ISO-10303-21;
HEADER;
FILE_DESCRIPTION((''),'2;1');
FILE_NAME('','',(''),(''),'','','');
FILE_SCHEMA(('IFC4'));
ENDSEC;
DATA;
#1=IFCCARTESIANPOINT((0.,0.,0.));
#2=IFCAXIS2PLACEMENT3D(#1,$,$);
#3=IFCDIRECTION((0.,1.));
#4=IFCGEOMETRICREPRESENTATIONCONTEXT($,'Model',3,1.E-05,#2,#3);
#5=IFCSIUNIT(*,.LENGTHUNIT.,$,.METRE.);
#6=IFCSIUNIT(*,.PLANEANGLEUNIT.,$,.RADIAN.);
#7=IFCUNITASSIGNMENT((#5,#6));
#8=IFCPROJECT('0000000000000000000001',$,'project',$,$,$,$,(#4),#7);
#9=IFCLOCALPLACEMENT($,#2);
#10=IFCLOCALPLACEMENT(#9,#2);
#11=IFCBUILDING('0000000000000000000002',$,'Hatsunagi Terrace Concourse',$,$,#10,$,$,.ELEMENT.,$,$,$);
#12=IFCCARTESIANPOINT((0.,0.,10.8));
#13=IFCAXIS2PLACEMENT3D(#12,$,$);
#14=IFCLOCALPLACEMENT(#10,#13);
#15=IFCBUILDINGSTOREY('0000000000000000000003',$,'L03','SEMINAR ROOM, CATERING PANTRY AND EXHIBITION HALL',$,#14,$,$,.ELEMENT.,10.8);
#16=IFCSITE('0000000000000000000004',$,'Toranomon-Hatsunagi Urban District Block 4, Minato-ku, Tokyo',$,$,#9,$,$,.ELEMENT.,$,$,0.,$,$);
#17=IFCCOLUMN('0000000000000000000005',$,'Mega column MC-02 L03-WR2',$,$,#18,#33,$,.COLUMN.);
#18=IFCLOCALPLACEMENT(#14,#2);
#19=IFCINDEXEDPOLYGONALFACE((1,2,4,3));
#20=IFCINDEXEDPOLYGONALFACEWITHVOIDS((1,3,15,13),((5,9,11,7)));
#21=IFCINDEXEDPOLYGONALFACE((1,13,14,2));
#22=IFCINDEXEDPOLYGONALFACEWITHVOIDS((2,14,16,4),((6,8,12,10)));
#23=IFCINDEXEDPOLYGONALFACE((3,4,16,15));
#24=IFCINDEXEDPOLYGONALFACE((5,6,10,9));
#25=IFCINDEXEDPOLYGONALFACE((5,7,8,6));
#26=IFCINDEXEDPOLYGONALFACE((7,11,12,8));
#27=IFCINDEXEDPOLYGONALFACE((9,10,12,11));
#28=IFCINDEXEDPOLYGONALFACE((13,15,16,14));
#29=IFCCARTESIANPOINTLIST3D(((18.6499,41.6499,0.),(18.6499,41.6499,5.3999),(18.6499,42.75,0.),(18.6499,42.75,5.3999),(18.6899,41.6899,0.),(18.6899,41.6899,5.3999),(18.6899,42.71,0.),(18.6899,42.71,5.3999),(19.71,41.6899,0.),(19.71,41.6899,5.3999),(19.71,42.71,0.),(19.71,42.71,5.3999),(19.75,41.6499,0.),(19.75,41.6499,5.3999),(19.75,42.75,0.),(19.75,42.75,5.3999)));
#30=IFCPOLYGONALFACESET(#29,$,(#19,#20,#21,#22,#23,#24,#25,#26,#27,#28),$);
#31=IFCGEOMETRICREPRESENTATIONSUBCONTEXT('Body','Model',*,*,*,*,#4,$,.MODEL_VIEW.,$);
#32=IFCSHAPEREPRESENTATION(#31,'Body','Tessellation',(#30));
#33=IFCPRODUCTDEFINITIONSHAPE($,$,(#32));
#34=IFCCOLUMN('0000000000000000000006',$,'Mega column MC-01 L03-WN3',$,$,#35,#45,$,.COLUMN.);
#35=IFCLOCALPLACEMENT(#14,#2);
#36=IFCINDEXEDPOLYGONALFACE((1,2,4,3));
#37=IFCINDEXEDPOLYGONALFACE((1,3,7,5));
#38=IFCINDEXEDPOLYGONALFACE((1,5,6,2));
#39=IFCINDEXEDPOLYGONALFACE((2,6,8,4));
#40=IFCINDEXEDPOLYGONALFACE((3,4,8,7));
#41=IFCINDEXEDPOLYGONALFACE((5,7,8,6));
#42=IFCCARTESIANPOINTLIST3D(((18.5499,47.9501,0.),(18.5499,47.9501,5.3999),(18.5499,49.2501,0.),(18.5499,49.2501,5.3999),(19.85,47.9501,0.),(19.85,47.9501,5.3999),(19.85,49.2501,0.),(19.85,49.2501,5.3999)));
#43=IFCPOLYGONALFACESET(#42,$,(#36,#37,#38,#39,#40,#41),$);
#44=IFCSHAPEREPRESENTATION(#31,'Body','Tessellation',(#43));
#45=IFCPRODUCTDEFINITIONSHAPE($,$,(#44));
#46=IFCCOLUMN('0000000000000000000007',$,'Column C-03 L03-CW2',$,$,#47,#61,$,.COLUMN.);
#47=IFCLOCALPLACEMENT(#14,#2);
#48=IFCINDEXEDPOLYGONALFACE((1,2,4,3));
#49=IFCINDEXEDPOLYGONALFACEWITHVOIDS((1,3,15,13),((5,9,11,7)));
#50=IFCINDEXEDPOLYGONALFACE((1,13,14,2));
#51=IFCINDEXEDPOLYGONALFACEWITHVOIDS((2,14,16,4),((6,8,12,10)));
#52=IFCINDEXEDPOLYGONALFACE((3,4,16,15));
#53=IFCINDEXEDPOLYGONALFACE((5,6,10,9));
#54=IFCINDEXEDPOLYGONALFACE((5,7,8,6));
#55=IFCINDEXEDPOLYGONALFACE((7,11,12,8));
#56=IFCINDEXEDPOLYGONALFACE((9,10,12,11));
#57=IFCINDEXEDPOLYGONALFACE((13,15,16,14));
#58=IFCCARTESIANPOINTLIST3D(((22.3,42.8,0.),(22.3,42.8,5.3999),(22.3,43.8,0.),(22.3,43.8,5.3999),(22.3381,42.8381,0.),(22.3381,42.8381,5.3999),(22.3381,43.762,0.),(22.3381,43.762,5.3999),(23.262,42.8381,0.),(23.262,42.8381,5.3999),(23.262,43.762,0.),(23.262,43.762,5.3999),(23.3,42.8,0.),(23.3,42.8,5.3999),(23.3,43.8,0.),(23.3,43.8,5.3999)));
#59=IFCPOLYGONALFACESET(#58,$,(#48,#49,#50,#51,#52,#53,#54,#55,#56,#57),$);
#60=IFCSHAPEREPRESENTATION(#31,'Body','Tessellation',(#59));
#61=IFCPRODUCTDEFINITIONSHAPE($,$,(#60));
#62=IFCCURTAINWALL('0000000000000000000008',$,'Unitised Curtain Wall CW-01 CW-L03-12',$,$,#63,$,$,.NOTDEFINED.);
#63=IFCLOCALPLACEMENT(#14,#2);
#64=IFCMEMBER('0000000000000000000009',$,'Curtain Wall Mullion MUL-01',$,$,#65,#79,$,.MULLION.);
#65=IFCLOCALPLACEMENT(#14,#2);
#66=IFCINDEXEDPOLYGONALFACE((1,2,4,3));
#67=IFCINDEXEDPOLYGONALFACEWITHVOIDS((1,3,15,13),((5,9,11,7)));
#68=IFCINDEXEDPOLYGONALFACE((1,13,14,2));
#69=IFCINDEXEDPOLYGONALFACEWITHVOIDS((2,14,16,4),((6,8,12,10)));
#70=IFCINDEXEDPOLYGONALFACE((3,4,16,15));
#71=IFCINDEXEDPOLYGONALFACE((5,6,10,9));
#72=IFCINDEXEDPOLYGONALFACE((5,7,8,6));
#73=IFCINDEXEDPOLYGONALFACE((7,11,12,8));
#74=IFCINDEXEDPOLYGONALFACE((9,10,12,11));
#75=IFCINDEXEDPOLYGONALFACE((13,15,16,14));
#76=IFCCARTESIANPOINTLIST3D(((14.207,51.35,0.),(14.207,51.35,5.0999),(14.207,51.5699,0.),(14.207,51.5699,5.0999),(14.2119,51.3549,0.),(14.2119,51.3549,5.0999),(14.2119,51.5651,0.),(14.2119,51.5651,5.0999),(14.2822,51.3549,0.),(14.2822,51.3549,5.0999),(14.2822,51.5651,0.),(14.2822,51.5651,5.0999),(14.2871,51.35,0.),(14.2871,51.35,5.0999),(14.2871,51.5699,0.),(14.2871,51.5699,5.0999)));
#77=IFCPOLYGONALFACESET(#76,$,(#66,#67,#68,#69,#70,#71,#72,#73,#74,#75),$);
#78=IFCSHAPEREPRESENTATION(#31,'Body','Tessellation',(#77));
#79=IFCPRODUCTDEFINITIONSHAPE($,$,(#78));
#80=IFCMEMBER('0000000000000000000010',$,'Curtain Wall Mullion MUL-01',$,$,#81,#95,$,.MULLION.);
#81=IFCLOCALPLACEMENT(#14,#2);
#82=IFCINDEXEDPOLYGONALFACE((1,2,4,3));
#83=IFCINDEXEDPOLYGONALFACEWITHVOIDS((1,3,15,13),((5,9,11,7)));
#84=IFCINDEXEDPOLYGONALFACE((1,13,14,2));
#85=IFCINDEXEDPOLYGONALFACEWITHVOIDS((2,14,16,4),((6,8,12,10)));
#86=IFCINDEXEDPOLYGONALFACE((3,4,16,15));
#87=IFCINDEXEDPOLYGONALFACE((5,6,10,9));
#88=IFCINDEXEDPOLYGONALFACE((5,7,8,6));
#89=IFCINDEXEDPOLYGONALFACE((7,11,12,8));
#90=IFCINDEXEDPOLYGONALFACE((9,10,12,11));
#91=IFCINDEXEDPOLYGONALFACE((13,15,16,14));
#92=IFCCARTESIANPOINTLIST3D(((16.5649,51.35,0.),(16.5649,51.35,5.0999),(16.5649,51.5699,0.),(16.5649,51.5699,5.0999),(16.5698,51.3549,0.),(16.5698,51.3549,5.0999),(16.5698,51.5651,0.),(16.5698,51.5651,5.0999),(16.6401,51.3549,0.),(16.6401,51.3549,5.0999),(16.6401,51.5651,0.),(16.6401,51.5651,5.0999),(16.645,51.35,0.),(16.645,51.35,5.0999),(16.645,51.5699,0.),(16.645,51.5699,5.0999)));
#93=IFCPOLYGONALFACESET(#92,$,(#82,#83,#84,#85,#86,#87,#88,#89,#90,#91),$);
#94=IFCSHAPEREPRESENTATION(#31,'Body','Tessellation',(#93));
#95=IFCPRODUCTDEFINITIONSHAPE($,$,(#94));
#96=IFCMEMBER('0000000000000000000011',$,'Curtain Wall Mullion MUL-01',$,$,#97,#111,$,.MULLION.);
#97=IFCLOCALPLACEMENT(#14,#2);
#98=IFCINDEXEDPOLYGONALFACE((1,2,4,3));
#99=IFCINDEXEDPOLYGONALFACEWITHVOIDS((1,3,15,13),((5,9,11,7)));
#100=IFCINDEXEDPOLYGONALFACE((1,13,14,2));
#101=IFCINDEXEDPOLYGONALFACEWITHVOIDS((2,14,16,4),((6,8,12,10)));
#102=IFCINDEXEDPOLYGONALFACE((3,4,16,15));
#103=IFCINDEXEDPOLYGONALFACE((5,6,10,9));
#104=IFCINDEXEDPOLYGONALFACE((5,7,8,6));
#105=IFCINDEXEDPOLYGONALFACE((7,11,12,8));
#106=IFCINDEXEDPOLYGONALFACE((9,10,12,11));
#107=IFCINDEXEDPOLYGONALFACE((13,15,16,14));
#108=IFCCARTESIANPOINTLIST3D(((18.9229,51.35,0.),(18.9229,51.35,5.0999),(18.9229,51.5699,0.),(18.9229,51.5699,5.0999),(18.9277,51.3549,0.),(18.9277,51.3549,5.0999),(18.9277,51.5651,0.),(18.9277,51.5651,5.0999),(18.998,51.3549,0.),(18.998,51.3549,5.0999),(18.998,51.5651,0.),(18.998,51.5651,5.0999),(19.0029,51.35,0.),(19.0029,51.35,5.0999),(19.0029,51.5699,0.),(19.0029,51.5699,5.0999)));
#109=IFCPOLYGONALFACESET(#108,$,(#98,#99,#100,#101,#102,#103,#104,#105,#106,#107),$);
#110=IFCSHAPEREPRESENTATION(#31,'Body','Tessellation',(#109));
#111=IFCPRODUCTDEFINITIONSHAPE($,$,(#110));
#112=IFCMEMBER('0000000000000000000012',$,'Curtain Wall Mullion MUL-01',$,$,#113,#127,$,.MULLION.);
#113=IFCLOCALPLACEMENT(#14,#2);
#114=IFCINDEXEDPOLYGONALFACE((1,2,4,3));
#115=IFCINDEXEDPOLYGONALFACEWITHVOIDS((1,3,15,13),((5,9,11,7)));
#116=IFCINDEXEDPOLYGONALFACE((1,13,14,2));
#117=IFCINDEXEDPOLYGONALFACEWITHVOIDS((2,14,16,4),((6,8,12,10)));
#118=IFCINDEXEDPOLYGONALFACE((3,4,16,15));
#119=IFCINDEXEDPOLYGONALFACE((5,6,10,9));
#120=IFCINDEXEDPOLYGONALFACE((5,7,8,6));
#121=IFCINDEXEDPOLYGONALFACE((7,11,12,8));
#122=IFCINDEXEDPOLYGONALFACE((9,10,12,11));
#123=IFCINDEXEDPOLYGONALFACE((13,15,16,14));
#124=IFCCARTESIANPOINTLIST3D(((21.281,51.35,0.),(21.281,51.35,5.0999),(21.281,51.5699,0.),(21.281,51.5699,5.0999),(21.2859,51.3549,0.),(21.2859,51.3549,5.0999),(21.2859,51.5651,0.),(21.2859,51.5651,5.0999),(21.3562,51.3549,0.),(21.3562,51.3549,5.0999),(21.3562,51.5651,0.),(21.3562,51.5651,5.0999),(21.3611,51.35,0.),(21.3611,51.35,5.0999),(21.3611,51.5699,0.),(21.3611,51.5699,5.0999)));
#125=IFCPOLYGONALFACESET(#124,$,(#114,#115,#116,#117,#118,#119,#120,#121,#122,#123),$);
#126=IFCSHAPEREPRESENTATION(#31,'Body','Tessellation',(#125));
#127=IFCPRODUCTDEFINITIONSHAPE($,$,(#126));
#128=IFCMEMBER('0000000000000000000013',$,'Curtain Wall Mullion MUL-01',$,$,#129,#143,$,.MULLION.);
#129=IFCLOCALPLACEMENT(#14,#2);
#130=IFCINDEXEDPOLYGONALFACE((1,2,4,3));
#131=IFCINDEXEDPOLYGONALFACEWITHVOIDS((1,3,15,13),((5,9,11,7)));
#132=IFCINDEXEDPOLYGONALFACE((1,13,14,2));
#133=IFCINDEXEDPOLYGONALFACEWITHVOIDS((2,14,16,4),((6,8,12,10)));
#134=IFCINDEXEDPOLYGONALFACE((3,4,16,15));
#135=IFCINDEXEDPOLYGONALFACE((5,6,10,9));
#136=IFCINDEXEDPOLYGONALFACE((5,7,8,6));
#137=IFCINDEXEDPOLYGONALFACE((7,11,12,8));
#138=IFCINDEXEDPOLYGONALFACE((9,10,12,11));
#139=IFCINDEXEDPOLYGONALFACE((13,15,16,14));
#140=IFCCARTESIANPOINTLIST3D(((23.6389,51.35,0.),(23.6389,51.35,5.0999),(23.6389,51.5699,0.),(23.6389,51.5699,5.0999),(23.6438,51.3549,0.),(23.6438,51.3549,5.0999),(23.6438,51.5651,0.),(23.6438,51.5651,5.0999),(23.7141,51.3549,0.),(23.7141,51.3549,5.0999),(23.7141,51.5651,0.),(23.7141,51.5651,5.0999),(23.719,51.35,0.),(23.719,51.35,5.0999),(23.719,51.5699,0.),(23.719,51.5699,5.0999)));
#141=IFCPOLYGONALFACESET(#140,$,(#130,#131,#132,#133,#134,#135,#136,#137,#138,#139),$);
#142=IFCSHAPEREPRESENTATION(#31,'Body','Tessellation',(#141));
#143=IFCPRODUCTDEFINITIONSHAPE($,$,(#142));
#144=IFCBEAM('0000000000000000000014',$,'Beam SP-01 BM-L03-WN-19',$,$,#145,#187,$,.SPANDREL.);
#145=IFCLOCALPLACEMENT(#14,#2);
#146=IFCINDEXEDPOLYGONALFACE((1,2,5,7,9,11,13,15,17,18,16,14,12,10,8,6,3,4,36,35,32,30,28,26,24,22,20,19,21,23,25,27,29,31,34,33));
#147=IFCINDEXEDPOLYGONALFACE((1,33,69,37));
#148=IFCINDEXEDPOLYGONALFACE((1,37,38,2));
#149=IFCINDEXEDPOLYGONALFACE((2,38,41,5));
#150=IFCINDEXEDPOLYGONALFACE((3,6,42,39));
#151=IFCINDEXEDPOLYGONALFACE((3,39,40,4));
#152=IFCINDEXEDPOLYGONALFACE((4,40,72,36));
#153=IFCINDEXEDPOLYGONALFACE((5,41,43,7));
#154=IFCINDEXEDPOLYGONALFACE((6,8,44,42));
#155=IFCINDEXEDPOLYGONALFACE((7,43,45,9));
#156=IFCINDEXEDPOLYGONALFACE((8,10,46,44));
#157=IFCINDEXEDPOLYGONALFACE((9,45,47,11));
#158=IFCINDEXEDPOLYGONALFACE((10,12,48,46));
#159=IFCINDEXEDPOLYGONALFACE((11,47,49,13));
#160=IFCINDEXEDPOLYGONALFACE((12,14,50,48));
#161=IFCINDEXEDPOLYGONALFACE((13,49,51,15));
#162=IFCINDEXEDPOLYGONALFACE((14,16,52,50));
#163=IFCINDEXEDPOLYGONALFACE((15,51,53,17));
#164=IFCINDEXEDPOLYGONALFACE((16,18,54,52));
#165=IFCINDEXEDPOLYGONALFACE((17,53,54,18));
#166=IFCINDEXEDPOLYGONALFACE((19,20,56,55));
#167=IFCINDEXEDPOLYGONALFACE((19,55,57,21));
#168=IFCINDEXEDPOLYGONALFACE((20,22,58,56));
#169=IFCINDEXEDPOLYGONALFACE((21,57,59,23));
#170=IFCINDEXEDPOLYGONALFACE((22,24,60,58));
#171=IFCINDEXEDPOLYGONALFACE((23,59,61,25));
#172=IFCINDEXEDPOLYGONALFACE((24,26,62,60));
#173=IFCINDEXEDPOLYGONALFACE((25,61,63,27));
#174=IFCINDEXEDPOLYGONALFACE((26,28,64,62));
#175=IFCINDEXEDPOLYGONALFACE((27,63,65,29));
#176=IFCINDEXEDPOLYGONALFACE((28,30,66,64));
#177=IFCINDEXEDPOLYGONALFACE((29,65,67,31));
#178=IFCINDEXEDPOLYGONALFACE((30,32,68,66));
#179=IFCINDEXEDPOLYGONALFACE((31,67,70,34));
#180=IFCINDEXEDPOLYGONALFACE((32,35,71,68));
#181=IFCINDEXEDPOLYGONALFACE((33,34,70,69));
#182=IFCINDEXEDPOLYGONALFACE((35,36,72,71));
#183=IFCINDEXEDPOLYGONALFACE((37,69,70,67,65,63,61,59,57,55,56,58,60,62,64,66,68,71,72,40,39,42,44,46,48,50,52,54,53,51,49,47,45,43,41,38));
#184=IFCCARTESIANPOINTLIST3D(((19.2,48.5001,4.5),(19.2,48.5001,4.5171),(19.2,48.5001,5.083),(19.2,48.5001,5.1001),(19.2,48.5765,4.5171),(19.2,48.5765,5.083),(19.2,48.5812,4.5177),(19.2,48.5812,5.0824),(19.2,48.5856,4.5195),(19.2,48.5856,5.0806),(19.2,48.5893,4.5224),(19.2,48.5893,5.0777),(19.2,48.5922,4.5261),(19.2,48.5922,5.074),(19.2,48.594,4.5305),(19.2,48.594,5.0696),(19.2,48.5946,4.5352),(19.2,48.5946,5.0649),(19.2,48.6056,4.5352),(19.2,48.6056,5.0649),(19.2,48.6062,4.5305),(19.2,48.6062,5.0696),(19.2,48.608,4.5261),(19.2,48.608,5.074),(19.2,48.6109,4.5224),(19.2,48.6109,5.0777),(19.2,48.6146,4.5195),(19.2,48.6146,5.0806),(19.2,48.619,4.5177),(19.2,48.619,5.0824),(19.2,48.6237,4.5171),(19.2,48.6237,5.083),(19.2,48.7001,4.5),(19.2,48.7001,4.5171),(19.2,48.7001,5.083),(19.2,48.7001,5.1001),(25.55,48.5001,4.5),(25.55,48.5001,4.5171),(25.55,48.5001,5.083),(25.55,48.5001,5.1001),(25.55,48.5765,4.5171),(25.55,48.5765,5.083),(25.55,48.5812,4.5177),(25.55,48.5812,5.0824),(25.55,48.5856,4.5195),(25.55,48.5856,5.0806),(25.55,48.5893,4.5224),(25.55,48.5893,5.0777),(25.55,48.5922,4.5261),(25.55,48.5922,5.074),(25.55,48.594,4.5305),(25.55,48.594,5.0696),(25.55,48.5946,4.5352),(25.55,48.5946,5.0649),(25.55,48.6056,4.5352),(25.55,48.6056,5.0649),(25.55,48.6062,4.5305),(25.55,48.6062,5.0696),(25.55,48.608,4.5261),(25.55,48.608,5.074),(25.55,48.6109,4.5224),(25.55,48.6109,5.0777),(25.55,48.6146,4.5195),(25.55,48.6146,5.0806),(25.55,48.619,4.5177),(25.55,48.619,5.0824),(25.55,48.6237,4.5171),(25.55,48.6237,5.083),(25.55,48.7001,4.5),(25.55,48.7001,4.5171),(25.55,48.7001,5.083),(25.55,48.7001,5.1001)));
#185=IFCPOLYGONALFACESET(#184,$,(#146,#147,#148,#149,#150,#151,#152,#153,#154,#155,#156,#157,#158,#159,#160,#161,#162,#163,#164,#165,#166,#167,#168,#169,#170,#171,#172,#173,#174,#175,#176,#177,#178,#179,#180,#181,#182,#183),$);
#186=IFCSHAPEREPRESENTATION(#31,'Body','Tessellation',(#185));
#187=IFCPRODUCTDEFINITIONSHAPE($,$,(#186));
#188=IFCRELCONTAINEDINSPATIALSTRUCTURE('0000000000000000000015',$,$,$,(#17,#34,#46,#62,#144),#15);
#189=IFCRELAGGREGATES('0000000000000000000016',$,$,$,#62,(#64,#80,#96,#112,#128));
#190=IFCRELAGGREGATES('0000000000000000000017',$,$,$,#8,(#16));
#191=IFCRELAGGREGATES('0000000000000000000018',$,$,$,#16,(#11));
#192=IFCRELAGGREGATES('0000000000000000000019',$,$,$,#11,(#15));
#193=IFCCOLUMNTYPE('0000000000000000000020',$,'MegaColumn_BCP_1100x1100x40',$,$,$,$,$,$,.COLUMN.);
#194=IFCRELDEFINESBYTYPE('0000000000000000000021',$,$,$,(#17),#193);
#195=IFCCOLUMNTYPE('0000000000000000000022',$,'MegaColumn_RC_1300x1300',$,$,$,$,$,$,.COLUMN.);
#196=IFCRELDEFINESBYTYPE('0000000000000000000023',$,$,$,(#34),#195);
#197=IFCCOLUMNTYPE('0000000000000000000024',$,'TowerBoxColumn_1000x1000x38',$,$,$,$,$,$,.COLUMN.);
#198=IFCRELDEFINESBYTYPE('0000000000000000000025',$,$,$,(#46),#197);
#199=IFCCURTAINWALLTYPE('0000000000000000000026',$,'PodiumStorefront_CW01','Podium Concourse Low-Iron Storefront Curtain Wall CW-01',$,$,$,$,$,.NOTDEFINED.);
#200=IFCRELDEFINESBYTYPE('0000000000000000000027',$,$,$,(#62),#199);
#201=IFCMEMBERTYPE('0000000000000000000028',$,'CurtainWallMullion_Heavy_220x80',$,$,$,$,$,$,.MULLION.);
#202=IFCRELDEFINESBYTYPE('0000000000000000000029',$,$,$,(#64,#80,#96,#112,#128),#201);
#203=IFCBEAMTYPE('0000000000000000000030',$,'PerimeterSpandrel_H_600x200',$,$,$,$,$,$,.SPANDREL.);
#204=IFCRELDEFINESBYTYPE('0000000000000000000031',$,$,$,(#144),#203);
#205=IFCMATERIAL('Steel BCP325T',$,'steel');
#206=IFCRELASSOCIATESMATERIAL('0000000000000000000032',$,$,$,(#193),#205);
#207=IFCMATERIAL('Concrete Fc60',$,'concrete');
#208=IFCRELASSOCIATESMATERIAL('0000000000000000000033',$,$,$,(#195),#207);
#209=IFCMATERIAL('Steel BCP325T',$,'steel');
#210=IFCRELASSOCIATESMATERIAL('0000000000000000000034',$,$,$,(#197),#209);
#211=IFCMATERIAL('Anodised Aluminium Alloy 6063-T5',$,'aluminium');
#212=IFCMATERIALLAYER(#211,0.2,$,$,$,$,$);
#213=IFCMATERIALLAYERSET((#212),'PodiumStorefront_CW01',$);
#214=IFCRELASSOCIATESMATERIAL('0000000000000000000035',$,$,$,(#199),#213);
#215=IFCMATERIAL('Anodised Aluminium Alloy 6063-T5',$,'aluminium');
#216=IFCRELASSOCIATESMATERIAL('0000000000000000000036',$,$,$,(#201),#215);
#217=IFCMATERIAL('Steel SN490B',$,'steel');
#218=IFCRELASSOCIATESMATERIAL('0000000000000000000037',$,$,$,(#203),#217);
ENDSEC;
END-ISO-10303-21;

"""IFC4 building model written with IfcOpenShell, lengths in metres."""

from ifc_helpers import new_model, si_unit, direction, frame, origin, origin_2d, place, context, subcontext, project, spatial, rectangle, hollow_rectangle, i_section, extrude, material, layer, layer_set, material_profile, profile_set, type_object, element, aggregate, save


model = new_model("IFC4")

# Units and contexts
model_context = context("Model", 3, precision=1e-05, world=origin(), true_north=direction((0.0, 1.0)))
body_context = subcontext(model_context, "Body", "Model", "MODEL_VIEW")
ifc_project = project(units=[si_unit("LENGTHUNIT", "METRE"), si_unit("PLANEANGLEUNIT", "RADIAN")], contexts=[model_context])

# Site, building, storey
site_placement = place(None, origin())
site = spatial("IfcSite", under=ifc_project, at=site_placement, Name="Toranomon-Hatsunagi Urban District Block 4, Minato-ku, Tokyo", CompositionType="ELEMENT", RefElevation=0.0)
building_placement = place(site_placement, origin())
building = spatial("IfcBuilding", under=site, at=building_placement, Name="Hatsunagi Terrace Concourse", CompositionType="ELEMENT")
storey_placement = place(building_placement, frame((0.0, 0.0, 10.8)))
storey = spatial("IfcBuildingStorey", under=building, at=storey_placement, Name="L03", Description="SEMINAR ROOM, CATERING PANTRY AND EXHIBITION HALL", CompositionType="ELEMENT", Elevation=10.8)

# Columns
ifc_material_1 = material(Name="Steel BCP325T", Category="steel")
ifc_material_profile_1 = material_profile(ifc_material_1, hollow_rectangle(XDim=1.1001, YDim=1.1001, WallThickness=0.04, at=origin_2d()), Name="BCP-1100x1100x40")
ifc_profile_set_1 = profile_set([ifc_material_profile_1], Name="Steel BCP325T")
column_type_1 = type_object("IfcColumnType", Name="MegaColumn_BCP_1100x1100x40", PredefinedType="COLUMN", material=ifc_profile_set_1)
column_1_placement = place(storey_placement, frame((19.2, 42.2, 0.0), z_axis=(0.0, 0.0, 1.0), x_axis=(1.0, 0.0, 0.0)))
element("IfcColumn", 1, at=column_1_placement, inside=storey, type_object=column_type_1, Name="Mega column MC-02 L03-WR2", PredefinedType="COLUMN", context=body_context, shape_type="SweptSolid", body=[
    extrude(hollow_rectangle(XDim=1.1001, YDim=1.1001, WallThickness=0.04, at=origin_2d()), origin(), (0.0, 0.0, 1.0), 5.3999),
])
ifc_material_2 = material(Name="Concrete Fc60", Category="concrete")
ifc_material_profile_2 = material_profile(ifc_material_2, rectangle(XDim=1.3, YDim=1.3, at=origin_2d()), Name="RC-1300x1300")
ifc_profile_set_2 = profile_set([ifc_material_profile_2], Name="Concrete Fc60")
column_type_2 = type_object("IfcColumnType", Name="MegaColumn_RC_1300x1300", PredefinedType="COLUMN", material=ifc_profile_set_2)
column_2_placement = place(storey_placement, frame((19.2, 48.6001, 0.0), z_axis=(0.0, 0.0, 1.0), x_axis=(1.0, 0.0, 0.0)))
element("IfcColumn", 2, at=column_2_placement, inside=storey, type_object=column_type_2, Name="Mega column MC-01 L03-WN3", PredefinedType="COLUMN", context=body_context, shape_type="SweptSolid", body=[
    extrude(rectangle(XDim=1.3, YDim=1.3, at=origin_2d()), origin(), (0.0, 0.0, 1.0), 5.3999),
])
ifc_material_3 = material(Name="Steel BCP325T", Category="steel")
ifc_material_profile_3 = material_profile(ifc_material_3, hollow_rectangle(XDim=1.0, YDim=1.0, WallThickness=0.0381, at=origin_2d()), Name="BCP-1000x1000x38")
ifc_profile_set_3 = profile_set([ifc_material_profile_3], Name="Steel BCP325T")
column_type_3 = type_object("IfcColumnType", Name="TowerBoxColumn_1000x1000x38", PredefinedType="COLUMN", material=ifc_profile_set_3)
column_3_placement = place(storey_placement, frame((22.8, 43.3, 0.0), z_axis=(0.0, 0.0, 1.0), x_axis=(1.0, 0.0, 0.0)))
element("IfcColumn", 3, at=column_3_placement, inside=storey, type_object=column_type_3, Name="Column C-03 L03-CW2", PredefinedType="COLUMN", context=body_context, shape_type="SweptSolid", body=[
    extrude(hollow_rectangle(XDim=1.0, YDim=1.0, WallThickness=0.0381, at=origin_2d()), origin(), (0.0, 0.0, 1.0), 5.3999),
])

# Curtain wall, members
ifc_material_4 = material(Name="Anodised Aluminium Alloy 6063-T5", Category="aluminium")
ifc_layer_1 = layer(ifc_material_4, 0.2)
ifc_layer_set_1 = layer_set([ifc_layer_1], Name="PodiumStorefront_CW01")
curtain_wall_type = type_object("IfcCurtainWallType", Name="PodiumStorefront_CW01", Description="Podium Concourse Low-Iron Storefront Curtain Wall CW-01", PredefinedType="NOTDEFINED", material=ifc_layer_set_1)
curtain_wall_placement = place(storey_placement, origin())
curtain_wall = element("IfcCurtainWall", 4, at=curtain_wall_placement, inside=storey, type_object=curtain_wall_type, Name="Unitised Curtain Wall CW-01 CW-L03-12", PredefinedType="NOTDEFINED")
ifc_material_5 = material(Name="Anodised Aluminium Alloy 6063-T5", Category="aluminium")
ifc_material_profile_4 = material_profile(ifc_material_5, hollow_rectangle(XDim=0.0801, YDim=0.22, WallThickness=0.0049, at=origin_2d()), Name="ALU-MUL-220x80x5")
ifc_profile_set_4 = profile_set([ifc_material_profile_4], Name="Anodised Aluminium Alloy 6063-T5")
member_type = type_object("IfcMemberType", Name="CurtainWallMullion_Heavy_220x80", PredefinedType="MULLION", material=ifc_profile_set_4)
member_1_placement = place(storey_placement, frame((14.2471, 51.46, 0.0), z_axis=(0.0, 0.0, 1.0), x_axis=(1.0, 0.0, 0.0)))
member_1 = element("IfcMember", 5, at=member_1_placement, type_object=member_type, Name="Curtain Wall Mullion MUL-01", PredefinedType="MULLION", context=body_context, shape_type="SweptSolid", body=[
    extrude(hollow_rectangle(XDim=0.0801, YDim=0.22, WallThickness=0.0049, at=origin_2d()), origin(), (0.0, 0.0, 1.0), 5.0999),
])
member_2_placement = place(storey_placement, frame((16.605, 51.46, 0.0), z_axis=(0.0, 0.0, 1.0), x_axis=(1.0, 0.0, 0.0)))
member_2 = element("IfcMember", 6, at=member_2_placement, type_object=member_type, Name="Curtain Wall Mullion MUL-01", PredefinedType="MULLION", context=body_context, shape_type="SweptSolid", body=[
    extrude(hollow_rectangle(XDim=0.0801, YDim=0.22, WallThickness=0.0049, at=origin_2d()), origin(), (0.0, 0.0, 1.0), 5.0999),
])
member_3_placement = place(storey_placement, frame((18.9629, 51.46, 0.0), z_axis=(0.0, 0.0, 1.0), x_axis=(1.0, 0.0, 0.0)))
member_3 = element("IfcMember", 7, at=member_3_placement, type_object=member_type, Name="Curtain Wall Mullion MUL-01", PredefinedType="MULLION", context=body_context, shape_type="SweptSolid", body=[
    extrude(hollow_rectangle(XDim=0.0801, YDim=0.22, WallThickness=0.0049, at=origin_2d()), origin(), (0.0, 0.0, 1.0), 5.0999),
])
member_4_placement = place(storey_placement, frame((21.321, 51.46, 0.0), z_axis=(0.0, 0.0, 1.0), x_axis=(1.0, 0.0, 0.0)))
member_4 = element("IfcMember", 8, at=member_4_placement, type_object=member_type, Name="Curtain Wall Mullion MUL-01", PredefinedType="MULLION", context=body_context, shape_type="SweptSolid", body=[
    extrude(hollow_rectangle(XDim=0.0801, YDim=0.22, WallThickness=0.0049, at=origin_2d()), origin(), (0.0, 0.0, 1.0), 5.0999),
])
member_5_placement = place(storey_placement, frame((23.679, 51.46, 0.0), z_axis=(0.0, 0.0, 1.0), x_axis=(1.0, 0.0, 0.0)))
member_5 = element("IfcMember", 9, at=member_5_placement, type_object=member_type, Name="Curtain Wall Mullion MUL-01", PredefinedType="MULLION", context=body_context, shape_type="SweptSolid", body=[
    extrude(hollow_rectangle(XDim=0.0801, YDim=0.22, WallThickness=0.0049, at=origin_2d()), origin(), (0.0, 0.0, 1.0), 5.0999),
])

# Beam
ifc_material_6 = material(Name="Steel SN490B", Category="steel")
ifc_material_profile_5 = material_profile(ifc_material_6, i_section(OverallWidth=0.2, OverallDepth=0.6001, WebThickness=0.011, FlangeThickness=0.0171, FilletRadius=0.0181, at=origin_2d()), Name="H-600x200x11x17")
ifc_profile_set_5 = profile_set([ifc_material_profile_5], Name="Steel SN490B")
beam_type_1 = type_object("IfcBeamType", Name="PerimeterSpandrel_H_600x200", PredefinedType="SPANDREL", material=ifc_profile_set_5)
beam_1_placement = place(storey_placement, frame((19.2, 48.6001, 4.8), z_axis=(1.0, 0.0, 0.0), x_axis=(0.0, 1.0, 0.0)))
element("IfcBeam", 10, at=beam_1_placement, inside=storey, type_object=beam_type_1, Name="Beam SP-01 BM-L03-WN-19", PredefinedType="SPANDREL", context=body_context, shape_type="SweptSolid", body=[
    extrude(i_section(OverallWidth=0.2, OverallDepth=0.6001, WebThickness=0.011, FlangeThickness=0.0171, FilletRadius=0.0181, at=origin_2d()), origin(), (0.0, 0.0, 1.0), 6.3501),
])

aggregate(curtain_wall, [member_1, member_2, member_3, member_4, member_5])

save(model, "model.ifc")
